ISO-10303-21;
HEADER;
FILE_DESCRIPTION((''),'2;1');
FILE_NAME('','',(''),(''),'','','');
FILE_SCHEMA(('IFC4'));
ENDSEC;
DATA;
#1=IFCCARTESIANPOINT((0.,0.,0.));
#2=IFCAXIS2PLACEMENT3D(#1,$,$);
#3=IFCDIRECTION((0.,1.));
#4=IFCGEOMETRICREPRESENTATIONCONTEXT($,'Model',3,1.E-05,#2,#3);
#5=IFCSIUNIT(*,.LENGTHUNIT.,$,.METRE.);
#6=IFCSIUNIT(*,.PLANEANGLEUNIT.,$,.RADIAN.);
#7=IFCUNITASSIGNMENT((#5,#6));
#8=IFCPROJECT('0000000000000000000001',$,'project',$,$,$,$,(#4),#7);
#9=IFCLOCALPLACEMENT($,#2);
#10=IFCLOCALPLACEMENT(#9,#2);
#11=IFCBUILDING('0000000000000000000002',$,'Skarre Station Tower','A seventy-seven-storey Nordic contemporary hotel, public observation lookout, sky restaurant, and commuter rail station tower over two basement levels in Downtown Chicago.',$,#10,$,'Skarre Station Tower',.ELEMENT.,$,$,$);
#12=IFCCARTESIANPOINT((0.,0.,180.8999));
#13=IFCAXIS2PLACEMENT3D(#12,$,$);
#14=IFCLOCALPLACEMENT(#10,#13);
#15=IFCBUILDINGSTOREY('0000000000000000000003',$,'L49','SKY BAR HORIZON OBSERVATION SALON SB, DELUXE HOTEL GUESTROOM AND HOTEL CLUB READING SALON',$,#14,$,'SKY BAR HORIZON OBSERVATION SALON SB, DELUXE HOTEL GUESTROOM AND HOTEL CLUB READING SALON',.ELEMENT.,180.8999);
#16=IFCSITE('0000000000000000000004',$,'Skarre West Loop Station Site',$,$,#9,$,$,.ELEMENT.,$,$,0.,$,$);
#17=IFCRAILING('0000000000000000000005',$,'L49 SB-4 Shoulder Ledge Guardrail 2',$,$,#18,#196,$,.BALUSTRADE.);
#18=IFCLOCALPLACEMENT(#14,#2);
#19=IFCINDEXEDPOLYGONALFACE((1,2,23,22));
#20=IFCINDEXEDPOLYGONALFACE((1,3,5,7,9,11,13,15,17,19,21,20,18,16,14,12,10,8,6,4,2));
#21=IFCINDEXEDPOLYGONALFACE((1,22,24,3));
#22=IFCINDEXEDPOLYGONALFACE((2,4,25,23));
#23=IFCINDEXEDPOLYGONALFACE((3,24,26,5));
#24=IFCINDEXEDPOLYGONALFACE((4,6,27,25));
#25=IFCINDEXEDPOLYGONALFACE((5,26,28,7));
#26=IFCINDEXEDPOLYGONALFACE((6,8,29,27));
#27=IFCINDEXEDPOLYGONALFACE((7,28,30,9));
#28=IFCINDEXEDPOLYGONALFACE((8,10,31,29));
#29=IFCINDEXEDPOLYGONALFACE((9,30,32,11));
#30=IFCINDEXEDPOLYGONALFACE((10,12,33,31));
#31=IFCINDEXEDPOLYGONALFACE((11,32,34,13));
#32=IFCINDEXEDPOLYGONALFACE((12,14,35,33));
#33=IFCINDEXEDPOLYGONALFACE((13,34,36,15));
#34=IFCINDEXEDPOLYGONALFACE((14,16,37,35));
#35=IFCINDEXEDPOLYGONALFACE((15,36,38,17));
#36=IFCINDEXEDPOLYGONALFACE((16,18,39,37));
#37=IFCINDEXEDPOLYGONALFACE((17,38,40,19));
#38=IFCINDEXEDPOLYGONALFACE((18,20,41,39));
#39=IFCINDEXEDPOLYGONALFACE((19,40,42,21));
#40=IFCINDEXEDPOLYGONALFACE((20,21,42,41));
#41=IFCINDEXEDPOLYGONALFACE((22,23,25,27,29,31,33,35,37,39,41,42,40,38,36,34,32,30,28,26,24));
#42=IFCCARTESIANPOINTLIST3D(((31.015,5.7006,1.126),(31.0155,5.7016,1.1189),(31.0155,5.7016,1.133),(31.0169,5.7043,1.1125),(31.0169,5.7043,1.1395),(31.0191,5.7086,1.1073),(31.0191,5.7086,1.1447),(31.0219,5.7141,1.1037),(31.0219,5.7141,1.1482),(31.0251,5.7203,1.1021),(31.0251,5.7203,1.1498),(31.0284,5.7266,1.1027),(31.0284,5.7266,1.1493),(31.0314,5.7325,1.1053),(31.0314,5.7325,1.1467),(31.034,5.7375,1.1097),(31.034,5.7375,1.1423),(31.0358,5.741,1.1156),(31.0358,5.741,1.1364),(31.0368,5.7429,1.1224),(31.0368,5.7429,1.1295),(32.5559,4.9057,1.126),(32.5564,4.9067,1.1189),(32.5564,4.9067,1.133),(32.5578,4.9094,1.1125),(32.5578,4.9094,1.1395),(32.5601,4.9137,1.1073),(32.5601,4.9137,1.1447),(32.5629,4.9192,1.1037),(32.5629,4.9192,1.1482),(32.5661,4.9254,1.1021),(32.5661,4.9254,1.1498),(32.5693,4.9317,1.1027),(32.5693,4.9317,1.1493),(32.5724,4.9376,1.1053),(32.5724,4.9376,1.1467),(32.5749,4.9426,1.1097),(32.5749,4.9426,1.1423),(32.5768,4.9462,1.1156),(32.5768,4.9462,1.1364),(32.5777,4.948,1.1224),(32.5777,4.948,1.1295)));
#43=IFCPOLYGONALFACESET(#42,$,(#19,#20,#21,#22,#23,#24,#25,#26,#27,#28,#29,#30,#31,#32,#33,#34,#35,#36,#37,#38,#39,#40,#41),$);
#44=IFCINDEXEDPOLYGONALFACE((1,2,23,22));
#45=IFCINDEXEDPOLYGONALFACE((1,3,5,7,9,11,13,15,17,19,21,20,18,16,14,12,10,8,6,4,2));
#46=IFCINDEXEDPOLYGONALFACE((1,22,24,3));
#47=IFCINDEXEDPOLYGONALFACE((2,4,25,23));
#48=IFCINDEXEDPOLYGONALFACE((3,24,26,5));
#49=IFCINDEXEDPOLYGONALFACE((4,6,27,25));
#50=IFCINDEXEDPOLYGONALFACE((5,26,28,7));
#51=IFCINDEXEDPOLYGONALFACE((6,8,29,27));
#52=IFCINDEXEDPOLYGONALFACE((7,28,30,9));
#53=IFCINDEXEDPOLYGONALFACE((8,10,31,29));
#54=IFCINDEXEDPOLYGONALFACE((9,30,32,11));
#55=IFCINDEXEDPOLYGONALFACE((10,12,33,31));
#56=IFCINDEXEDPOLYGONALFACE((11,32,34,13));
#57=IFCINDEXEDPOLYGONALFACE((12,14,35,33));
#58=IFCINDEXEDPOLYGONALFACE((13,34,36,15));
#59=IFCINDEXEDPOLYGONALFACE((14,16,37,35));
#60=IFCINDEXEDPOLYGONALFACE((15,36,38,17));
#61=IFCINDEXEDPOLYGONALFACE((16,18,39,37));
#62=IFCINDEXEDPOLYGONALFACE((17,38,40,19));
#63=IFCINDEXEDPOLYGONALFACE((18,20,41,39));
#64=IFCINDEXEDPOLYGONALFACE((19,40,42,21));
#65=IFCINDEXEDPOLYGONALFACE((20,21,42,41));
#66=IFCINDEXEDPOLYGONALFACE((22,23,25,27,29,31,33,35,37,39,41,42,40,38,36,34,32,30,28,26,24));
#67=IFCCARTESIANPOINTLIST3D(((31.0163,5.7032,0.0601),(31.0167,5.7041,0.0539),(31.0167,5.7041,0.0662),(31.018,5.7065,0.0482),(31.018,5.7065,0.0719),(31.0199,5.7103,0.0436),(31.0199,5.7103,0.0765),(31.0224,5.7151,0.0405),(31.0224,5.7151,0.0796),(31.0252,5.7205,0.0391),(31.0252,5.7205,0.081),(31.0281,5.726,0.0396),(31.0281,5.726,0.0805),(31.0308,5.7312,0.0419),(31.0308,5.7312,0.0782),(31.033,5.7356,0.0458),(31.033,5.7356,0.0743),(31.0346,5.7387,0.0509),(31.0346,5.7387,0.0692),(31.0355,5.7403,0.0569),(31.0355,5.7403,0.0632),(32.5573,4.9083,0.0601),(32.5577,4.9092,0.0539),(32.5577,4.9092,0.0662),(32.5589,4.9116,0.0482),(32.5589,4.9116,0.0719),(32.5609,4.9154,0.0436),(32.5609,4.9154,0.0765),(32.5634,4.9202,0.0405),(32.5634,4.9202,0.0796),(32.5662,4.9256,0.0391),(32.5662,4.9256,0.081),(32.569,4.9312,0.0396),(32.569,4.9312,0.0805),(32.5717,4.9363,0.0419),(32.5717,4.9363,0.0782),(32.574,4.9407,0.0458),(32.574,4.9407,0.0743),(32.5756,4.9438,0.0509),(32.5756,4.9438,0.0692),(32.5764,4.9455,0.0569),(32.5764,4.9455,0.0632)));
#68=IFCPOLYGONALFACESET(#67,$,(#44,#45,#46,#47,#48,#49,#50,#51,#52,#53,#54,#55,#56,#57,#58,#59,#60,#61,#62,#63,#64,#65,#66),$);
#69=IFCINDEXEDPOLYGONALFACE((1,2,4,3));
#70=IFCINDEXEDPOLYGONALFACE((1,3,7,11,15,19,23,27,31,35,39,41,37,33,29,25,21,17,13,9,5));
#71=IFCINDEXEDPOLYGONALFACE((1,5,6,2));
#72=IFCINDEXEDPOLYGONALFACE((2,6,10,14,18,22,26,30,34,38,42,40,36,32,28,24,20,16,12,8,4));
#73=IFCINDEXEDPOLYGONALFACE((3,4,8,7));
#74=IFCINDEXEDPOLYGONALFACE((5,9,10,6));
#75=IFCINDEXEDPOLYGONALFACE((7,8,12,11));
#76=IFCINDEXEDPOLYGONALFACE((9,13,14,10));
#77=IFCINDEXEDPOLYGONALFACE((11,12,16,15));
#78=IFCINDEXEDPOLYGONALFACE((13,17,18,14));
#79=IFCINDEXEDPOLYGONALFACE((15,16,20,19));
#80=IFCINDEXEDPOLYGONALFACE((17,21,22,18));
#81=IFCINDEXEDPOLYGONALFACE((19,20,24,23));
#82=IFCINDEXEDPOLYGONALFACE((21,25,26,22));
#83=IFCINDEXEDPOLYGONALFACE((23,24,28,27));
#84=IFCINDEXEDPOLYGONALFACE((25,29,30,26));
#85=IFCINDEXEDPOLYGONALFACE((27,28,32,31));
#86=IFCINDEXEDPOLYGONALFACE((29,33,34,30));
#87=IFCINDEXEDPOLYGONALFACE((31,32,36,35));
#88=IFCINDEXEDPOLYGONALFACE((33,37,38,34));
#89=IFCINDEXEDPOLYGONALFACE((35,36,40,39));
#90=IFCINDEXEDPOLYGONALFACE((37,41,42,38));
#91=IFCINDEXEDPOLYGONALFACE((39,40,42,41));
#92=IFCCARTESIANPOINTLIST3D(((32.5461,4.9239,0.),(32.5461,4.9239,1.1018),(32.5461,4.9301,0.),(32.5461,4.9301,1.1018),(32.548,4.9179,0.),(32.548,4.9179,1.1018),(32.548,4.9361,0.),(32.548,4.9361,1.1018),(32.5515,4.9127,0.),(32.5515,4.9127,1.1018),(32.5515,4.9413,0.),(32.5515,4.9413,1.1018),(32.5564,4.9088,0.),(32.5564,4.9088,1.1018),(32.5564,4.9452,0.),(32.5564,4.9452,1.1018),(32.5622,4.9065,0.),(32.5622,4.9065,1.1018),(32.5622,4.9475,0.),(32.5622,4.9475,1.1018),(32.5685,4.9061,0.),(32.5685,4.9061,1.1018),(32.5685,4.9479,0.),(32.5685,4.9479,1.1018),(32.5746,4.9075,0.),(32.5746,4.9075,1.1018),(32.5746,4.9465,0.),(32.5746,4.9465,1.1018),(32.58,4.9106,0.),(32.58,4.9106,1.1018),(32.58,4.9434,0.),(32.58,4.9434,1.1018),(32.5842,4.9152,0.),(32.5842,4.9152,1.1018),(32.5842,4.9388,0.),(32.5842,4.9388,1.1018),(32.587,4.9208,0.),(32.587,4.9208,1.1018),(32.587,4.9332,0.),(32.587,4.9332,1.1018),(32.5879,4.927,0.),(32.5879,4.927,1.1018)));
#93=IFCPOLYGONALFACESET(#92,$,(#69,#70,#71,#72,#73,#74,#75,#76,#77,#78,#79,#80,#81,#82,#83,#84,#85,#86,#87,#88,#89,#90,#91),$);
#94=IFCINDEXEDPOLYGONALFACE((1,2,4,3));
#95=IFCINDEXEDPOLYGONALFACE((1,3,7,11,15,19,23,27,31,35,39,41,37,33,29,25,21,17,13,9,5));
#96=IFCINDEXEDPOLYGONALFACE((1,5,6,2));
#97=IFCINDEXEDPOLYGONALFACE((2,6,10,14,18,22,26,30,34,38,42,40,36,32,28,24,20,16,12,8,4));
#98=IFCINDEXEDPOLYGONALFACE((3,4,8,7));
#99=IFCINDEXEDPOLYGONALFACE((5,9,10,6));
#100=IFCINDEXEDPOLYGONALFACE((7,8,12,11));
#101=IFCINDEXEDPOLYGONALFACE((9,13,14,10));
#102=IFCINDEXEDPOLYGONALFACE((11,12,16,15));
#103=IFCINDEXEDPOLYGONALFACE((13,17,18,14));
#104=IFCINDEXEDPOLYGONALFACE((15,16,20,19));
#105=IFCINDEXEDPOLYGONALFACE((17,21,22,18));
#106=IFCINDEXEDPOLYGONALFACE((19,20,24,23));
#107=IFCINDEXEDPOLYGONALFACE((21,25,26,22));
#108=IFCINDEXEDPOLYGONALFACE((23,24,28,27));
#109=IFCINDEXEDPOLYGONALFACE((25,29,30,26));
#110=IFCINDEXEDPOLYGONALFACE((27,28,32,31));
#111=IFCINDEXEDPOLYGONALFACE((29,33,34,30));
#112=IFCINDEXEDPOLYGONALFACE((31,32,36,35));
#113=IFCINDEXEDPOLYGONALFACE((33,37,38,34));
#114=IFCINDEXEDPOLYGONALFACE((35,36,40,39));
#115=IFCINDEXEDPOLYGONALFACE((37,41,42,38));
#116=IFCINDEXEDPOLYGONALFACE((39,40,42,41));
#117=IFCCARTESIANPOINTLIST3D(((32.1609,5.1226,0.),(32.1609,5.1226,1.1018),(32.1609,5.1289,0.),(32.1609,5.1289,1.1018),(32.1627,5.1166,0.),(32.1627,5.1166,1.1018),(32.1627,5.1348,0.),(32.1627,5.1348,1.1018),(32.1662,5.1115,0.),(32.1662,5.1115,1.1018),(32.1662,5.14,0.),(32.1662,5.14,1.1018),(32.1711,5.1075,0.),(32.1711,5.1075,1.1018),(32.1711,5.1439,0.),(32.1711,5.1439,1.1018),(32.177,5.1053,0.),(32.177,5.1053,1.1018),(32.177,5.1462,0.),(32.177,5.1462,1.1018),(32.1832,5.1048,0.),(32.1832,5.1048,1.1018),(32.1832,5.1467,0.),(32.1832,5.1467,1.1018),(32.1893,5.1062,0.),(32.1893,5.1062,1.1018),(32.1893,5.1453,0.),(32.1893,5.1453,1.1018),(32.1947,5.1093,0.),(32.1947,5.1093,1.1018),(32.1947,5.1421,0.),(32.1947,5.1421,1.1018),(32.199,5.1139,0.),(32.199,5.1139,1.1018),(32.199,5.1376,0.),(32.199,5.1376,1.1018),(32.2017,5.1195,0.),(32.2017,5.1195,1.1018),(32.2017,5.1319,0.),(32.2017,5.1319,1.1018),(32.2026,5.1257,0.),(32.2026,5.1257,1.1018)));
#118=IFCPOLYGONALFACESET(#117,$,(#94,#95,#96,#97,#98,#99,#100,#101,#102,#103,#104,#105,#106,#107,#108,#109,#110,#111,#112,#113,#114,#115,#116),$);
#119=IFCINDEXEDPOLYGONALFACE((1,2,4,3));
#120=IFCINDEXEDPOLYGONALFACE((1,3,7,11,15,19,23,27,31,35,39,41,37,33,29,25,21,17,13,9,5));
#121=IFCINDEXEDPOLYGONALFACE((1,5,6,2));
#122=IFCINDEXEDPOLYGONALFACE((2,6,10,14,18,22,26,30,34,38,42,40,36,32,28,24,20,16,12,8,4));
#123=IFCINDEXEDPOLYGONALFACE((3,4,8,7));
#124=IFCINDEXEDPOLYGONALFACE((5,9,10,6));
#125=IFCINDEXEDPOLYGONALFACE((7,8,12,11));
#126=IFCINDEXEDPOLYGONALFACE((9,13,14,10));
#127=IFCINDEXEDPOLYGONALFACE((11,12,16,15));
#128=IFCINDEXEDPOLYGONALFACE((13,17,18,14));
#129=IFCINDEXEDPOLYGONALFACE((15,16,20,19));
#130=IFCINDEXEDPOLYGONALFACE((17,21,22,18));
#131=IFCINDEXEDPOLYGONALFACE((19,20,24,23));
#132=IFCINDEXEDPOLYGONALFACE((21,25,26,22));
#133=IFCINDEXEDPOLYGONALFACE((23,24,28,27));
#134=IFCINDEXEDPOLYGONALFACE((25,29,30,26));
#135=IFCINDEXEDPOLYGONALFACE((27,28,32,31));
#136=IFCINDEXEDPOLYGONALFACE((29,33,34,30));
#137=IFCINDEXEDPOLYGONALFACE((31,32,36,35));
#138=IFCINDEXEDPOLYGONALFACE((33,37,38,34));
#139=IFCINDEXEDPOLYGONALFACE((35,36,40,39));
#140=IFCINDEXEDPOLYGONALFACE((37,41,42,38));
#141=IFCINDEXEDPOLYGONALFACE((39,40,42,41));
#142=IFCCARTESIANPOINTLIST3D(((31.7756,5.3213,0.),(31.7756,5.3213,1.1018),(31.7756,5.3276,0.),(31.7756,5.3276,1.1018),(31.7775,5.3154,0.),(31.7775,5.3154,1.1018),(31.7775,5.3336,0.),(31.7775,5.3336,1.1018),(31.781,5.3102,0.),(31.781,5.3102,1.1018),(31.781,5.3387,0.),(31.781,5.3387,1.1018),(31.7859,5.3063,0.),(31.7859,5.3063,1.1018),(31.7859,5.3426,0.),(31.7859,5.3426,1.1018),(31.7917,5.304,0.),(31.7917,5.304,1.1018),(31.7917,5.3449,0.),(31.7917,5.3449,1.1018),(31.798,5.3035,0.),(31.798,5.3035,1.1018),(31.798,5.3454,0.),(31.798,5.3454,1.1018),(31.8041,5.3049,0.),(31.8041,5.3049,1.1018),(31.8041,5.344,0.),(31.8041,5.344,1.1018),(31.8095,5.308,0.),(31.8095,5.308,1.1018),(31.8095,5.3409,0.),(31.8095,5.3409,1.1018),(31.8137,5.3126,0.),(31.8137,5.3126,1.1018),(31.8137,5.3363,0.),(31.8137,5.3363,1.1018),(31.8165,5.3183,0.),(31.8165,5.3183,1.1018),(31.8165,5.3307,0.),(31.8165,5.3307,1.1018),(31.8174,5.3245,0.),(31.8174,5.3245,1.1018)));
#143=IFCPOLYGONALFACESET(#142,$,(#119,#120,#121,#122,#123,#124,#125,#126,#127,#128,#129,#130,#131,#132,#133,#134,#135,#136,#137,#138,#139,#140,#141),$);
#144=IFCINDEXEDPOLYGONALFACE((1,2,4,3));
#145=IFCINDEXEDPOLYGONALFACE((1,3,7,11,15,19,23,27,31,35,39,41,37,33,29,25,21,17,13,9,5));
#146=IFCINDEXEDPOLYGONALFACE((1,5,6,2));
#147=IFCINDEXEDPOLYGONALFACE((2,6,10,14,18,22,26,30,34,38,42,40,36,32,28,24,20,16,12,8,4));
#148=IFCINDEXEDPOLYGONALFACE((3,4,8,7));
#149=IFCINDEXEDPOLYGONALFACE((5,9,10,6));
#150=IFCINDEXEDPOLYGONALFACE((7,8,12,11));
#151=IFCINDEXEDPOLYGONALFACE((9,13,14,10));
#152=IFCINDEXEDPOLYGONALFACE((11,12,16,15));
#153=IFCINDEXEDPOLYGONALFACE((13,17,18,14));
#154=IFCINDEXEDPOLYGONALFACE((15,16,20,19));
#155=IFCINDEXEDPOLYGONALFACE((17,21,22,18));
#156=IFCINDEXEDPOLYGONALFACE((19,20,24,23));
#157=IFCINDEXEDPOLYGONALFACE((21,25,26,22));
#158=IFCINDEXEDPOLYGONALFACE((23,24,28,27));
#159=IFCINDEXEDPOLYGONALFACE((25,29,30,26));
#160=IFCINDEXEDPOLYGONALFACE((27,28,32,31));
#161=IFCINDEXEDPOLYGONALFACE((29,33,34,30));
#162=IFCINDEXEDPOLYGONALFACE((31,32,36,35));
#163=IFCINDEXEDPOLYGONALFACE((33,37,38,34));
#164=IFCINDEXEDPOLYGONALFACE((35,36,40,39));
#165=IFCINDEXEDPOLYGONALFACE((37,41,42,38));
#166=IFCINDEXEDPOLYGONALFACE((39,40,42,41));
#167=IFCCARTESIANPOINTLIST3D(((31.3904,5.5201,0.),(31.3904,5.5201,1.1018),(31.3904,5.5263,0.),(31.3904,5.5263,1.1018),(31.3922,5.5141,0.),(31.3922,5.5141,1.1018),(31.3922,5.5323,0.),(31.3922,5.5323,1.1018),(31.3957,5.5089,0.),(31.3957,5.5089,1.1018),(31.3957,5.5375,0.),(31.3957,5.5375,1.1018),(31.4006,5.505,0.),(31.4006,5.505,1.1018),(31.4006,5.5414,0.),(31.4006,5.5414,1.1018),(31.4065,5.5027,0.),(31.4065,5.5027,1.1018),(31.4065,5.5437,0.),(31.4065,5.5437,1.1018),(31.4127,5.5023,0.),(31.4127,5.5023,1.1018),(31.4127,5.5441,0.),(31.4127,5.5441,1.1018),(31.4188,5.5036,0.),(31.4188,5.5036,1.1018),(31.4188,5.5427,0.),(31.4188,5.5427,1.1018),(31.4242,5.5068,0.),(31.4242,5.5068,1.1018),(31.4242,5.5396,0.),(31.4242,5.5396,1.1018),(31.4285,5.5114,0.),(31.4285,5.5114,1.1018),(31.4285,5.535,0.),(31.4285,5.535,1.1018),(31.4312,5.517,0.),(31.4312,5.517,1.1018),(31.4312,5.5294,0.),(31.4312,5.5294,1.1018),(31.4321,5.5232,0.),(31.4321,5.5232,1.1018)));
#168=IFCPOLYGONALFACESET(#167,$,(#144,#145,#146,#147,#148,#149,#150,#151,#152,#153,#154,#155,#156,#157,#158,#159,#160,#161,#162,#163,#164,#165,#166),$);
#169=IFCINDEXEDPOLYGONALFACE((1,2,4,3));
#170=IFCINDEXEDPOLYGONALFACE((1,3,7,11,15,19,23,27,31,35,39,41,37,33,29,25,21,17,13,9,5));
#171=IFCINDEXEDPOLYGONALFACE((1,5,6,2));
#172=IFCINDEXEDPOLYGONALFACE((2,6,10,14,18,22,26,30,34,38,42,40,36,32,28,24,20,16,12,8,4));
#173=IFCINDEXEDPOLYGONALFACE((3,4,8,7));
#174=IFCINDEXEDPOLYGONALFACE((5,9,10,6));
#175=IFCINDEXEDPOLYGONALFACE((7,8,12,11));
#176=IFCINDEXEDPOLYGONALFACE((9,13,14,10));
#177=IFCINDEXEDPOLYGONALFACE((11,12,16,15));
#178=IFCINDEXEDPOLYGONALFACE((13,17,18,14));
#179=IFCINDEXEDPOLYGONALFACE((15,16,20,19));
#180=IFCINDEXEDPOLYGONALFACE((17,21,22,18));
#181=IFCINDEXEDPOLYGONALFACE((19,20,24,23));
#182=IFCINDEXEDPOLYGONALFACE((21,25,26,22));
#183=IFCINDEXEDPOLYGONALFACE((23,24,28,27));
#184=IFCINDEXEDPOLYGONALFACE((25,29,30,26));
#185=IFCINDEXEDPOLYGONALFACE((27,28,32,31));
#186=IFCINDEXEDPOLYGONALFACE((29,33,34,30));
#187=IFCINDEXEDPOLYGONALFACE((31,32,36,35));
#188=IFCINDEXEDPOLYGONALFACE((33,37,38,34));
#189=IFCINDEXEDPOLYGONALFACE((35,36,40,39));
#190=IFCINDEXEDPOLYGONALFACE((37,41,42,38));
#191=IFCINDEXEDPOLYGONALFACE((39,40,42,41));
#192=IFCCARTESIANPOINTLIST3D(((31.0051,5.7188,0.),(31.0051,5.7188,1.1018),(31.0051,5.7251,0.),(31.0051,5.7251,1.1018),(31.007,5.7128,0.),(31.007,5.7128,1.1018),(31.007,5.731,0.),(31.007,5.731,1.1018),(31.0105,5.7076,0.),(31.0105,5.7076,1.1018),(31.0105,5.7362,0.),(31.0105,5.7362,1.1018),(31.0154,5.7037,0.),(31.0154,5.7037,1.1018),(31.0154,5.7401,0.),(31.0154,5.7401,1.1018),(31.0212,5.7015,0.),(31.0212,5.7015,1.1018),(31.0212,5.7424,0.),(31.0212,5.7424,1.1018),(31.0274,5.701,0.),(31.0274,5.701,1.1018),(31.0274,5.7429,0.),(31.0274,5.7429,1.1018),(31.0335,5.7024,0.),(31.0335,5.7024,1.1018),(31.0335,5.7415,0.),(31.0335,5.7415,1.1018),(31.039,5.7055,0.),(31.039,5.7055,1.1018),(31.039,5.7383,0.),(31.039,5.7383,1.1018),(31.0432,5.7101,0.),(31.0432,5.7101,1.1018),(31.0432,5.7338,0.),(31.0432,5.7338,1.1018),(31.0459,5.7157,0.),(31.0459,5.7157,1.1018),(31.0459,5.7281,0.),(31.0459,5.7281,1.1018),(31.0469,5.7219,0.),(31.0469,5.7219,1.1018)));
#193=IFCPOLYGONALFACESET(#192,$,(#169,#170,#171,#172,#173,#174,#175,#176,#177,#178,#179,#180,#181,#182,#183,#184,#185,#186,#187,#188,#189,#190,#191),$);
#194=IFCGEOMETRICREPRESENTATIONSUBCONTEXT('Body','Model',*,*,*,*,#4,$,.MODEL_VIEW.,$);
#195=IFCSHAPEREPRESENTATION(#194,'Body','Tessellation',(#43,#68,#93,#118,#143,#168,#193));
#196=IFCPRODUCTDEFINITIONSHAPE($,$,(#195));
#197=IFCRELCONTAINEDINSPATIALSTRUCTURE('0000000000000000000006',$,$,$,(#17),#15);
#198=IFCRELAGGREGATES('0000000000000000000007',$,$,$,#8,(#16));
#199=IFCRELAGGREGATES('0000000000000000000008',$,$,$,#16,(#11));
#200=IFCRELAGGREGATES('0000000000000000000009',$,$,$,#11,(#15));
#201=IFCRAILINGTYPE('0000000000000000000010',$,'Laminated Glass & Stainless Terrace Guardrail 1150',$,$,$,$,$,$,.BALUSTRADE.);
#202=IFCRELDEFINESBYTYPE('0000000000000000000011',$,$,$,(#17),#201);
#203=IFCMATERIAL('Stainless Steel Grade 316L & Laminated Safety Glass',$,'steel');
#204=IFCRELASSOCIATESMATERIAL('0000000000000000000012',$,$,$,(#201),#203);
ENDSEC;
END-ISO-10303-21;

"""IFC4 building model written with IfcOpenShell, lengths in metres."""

from ifc_helpers import new_model, si_unit, direction, frame, origin, origin_2d, place, context, subcontext, project, spatial, circle, extrude, material, type_object, element, save


model = new_model("IFC4")

# Units and contexts
model_context = context("Model", 3, precision=1e-05, world=origin(), true_north=direction((0.0, 1.0)))
body_context = subcontext(model_context, "Body", "Model", "MODEL_VIEW")
ifc_project = project(units=[si_unit("LENGTHUNIT", "METRE"), si_unit("PLANEANGLEUNIT", "RADIAN")], contexts=[model_context])

# Site, building, storey
site_placement = place(None, origin())
site = spatial("IfcSite", under=ifc_project, at=site_placement, Name="Skarre West Loop Station Site", CompositionType="ELEMENT", RefElevation=0.0)
building_placement = place(site_placement, origin())
building = spatial("IfcBuilding", under=site, at=building_placement, Name="Skarre Station Tower", Description="A seventy-seven-storey Nordic contemporary hotel, public observation lookout, sky restaurant, and commuter rail station tower over two basement levels in Downtown Chicago.", LongName="Skarre Station Tower", CompositionType="ELEMENT")
storey_placement = place(building_placement, frame((0.0, 0.0, 180.8999)))
storey = spatial("IfcBuildingStorey", under=building, at=storey_placement, Name="L49", Description="SKY BAR HORIZON OBSERVATION SALON SB, DELUXE HOTEL GUESTROOM AND HOTEL CLUB READING SALON", LongName="SKY BAR HORIZON OBSERVATION SALON SB, DELUXE HOTEL GUESTROOM AND HOTEL CLUB READING SALON", CompositionType="ELEMENT", Elevation=180.8999)

# Railing
ifc_material_1 = material(Name="Stainless Steel Grade 316L & Laminated Safety Glass", Category="steel")
railing_type = type_object("IfcRailingType", Name="Laminated Glass & Stainless Terrace Guardrail 1150", PredefinedType="BALUSTRADE", material=ifc_material_1)
railing_placement = place(storey_placement, frame((32.5669, 4.927, 0.0)))
element("IfcRailing", 1, at=railing_placement, inside=storey, type_object=railing_type, Name="L49 SB-4 Shoulder Ledge Guardrail 2", PredefinedType="BALUSTRADE", context=body_context, shape_type="SweptSolid", body=[
    extrude(circle(Radius=0.0239, at=origin_2d()), frame((0.0, 0.0, 1.126), z_axis=(-0.888724, 0.458442, 0.0), x_axis=(-0.458442, -0.888724, 0.0)), (0.0, 0.0, 1.0), 1.7339),
    extrude(circle(Radius=0.021, at=origin_2d()), frame((0.0, 0.0, 0.0601), z_axis=(-0.888724, 0.458442, 0.0), x_axis=(-0.458442, -0.888724, 0.0)), (0.0, 0.0, 1.0), 1.7339),
    extrude(circle(Radius=0.021, at=origin_2d()), origin(), (0.0, 0.0, 1.0), 1.1018),
    extrude(circle(Radius=0.021, at=origin_2d()), frame((-0.3853, 0.1987, 0.0)), (0.0, 0.0, 1.0), 1.1018),
    extrude(circle(Radius=0.021, at=origin_2d()), frame((-0.7705, 0.3975, 0.0)), (0.0, 0.0, 1.0), 1.1018),
    extrude(circle(Radius=0.021, at=origin_2d()), frame((-1.1558, 0.5962, 0.0)), (0.0, 0.0, 1.0), 1.1018),
    extrude(circle(Radius=0.021, at=origin_2d()), frame((-1.541, 0.7949, 0.0)), (0.0, 0.0, 1.0), 1.1018),
])

save(model, "model.ifc")
